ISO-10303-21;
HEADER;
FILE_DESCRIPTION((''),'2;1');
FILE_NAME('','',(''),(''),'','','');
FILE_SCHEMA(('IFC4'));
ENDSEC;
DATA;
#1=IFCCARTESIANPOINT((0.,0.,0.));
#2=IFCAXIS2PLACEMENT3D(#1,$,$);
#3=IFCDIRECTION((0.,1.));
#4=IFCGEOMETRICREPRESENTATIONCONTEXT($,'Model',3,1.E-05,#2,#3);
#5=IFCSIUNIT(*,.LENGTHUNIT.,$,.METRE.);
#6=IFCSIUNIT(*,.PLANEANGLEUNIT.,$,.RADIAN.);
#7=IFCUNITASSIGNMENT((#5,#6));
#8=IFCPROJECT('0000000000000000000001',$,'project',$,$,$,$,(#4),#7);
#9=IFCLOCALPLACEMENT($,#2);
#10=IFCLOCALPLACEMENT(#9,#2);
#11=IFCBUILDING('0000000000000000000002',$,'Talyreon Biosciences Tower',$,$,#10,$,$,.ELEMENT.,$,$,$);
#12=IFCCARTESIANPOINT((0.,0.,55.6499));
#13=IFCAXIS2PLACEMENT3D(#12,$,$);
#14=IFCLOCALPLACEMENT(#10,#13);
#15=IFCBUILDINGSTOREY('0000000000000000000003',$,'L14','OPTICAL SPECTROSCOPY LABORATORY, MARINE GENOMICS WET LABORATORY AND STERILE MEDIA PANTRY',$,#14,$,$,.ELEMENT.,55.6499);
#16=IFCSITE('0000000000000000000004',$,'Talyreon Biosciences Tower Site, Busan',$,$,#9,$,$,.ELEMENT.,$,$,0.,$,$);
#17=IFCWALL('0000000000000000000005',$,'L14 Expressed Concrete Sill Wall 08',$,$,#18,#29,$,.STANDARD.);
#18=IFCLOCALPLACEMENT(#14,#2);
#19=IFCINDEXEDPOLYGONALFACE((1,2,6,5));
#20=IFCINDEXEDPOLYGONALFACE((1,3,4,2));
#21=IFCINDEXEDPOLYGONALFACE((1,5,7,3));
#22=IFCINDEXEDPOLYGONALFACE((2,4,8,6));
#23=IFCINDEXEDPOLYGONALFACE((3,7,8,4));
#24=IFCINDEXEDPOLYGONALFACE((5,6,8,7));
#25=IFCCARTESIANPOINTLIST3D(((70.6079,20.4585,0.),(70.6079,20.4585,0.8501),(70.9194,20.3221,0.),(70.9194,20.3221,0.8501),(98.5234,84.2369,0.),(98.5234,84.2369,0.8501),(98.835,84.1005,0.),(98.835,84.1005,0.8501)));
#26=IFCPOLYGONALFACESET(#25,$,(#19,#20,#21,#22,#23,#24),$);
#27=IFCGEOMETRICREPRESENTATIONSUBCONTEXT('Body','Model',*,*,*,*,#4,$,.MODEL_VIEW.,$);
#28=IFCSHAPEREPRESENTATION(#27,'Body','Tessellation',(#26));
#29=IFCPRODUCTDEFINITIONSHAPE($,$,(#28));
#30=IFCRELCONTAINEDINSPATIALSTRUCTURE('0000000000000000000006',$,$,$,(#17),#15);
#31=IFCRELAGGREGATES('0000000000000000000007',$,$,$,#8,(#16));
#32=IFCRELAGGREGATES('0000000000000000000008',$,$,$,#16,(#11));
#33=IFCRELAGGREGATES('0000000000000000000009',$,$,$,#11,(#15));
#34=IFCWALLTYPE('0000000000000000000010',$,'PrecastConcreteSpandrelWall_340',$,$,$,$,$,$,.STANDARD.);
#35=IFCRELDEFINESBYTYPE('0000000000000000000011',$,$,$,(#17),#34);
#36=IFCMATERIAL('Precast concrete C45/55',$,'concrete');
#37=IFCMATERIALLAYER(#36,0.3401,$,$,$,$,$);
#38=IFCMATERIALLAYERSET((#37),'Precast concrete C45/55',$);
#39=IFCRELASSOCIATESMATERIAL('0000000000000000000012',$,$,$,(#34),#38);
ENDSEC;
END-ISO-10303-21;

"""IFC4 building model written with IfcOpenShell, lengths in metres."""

from ifc_helpers import new_model, si_unit, direction, frame, frame_2d, origin, place, context, subcontext, project, spatial, rectangle, extrude, material, layer, layer_set, type_object, element, save


model = new_model("IFC4")

# Units and contexts
model_context = context("Model", 3, precision=1e-05, world=origin(), true_north=direction((0.0, 1.0)))
body_context = subcontext(model_context, "Body", "Model", "MODEL_VIEW")
ifc_project = project(units=[si_unit("LENGTHUNIT", "METRE"), si_unit("PLANEANGLEUNIT", "RADIAN")], contexts=[model_context])

# Site, building, storey
site_placement = place(None, origin())
site = spatial("IfcSite", under=ifc_project, at=site_placement, Name="Talyreon Biosciences Tower Site, Busan", CompositionType="ELEMENT", RefElevation=0.0)
building_placement = place(site_placement, origin())
building = spatial("IfcBuilding", under=site, at=building_placement, Name="Talyreon Biosciences Tower", CompositionType="ELEMENT")
storey_placement = place(building_placement, frame((0.0, 0.0, 55.6499)))
storey = spatial("IfcBuildingStorey", under=building, at=storey_placement, Name="L14", Description="OPTICAL SPECTROSCOPY LABORATORY, MARINE GENOMICS WET LABORATORY AND STERILE MEDIA PANTRY", CompositionType="ELEMENT", Elevation=55.6499)

# Shared definitions
ifc_material_1 = material(Name="Precast concrete C45/55", Category="concrete")

# Wall
ifc_layer_1 = layer(ifc_material_1, 0.3401)
ifc_layer_set_1 = layer_set([ifc_layer_1], Name="Precast concrete C45/55")
wall_type = type_object("IfcWallType", Name="PrecastConcreteSpandrelWall_340", PredefinedType="STANDARD", material=ifc_layer_set_1)
wall_1_placement = place(storey_placement, frame((98.6792, 84.1687, 0.0), z_axis=(0.0, 0.0, 1.0), x_axis=(-0.40097, -0.916091, 0.0)))
element("IfcWall", 1, at=wall_1_placement, inside=storey, type_object=wall_type, Name="L14 Expressed Concrete Sill Wall 08", PredefinedType="STANDARD", context=body_context, shape_type="SweptSolid", body=[
    extrude(rectangle(XDim=69.6201, YDim=0.3401, at=frame_2d((34.8101, 0.0))), origin(), (0.0, 0.0, 1.0), 0.8501),
])

save(model, "model.ifc")
